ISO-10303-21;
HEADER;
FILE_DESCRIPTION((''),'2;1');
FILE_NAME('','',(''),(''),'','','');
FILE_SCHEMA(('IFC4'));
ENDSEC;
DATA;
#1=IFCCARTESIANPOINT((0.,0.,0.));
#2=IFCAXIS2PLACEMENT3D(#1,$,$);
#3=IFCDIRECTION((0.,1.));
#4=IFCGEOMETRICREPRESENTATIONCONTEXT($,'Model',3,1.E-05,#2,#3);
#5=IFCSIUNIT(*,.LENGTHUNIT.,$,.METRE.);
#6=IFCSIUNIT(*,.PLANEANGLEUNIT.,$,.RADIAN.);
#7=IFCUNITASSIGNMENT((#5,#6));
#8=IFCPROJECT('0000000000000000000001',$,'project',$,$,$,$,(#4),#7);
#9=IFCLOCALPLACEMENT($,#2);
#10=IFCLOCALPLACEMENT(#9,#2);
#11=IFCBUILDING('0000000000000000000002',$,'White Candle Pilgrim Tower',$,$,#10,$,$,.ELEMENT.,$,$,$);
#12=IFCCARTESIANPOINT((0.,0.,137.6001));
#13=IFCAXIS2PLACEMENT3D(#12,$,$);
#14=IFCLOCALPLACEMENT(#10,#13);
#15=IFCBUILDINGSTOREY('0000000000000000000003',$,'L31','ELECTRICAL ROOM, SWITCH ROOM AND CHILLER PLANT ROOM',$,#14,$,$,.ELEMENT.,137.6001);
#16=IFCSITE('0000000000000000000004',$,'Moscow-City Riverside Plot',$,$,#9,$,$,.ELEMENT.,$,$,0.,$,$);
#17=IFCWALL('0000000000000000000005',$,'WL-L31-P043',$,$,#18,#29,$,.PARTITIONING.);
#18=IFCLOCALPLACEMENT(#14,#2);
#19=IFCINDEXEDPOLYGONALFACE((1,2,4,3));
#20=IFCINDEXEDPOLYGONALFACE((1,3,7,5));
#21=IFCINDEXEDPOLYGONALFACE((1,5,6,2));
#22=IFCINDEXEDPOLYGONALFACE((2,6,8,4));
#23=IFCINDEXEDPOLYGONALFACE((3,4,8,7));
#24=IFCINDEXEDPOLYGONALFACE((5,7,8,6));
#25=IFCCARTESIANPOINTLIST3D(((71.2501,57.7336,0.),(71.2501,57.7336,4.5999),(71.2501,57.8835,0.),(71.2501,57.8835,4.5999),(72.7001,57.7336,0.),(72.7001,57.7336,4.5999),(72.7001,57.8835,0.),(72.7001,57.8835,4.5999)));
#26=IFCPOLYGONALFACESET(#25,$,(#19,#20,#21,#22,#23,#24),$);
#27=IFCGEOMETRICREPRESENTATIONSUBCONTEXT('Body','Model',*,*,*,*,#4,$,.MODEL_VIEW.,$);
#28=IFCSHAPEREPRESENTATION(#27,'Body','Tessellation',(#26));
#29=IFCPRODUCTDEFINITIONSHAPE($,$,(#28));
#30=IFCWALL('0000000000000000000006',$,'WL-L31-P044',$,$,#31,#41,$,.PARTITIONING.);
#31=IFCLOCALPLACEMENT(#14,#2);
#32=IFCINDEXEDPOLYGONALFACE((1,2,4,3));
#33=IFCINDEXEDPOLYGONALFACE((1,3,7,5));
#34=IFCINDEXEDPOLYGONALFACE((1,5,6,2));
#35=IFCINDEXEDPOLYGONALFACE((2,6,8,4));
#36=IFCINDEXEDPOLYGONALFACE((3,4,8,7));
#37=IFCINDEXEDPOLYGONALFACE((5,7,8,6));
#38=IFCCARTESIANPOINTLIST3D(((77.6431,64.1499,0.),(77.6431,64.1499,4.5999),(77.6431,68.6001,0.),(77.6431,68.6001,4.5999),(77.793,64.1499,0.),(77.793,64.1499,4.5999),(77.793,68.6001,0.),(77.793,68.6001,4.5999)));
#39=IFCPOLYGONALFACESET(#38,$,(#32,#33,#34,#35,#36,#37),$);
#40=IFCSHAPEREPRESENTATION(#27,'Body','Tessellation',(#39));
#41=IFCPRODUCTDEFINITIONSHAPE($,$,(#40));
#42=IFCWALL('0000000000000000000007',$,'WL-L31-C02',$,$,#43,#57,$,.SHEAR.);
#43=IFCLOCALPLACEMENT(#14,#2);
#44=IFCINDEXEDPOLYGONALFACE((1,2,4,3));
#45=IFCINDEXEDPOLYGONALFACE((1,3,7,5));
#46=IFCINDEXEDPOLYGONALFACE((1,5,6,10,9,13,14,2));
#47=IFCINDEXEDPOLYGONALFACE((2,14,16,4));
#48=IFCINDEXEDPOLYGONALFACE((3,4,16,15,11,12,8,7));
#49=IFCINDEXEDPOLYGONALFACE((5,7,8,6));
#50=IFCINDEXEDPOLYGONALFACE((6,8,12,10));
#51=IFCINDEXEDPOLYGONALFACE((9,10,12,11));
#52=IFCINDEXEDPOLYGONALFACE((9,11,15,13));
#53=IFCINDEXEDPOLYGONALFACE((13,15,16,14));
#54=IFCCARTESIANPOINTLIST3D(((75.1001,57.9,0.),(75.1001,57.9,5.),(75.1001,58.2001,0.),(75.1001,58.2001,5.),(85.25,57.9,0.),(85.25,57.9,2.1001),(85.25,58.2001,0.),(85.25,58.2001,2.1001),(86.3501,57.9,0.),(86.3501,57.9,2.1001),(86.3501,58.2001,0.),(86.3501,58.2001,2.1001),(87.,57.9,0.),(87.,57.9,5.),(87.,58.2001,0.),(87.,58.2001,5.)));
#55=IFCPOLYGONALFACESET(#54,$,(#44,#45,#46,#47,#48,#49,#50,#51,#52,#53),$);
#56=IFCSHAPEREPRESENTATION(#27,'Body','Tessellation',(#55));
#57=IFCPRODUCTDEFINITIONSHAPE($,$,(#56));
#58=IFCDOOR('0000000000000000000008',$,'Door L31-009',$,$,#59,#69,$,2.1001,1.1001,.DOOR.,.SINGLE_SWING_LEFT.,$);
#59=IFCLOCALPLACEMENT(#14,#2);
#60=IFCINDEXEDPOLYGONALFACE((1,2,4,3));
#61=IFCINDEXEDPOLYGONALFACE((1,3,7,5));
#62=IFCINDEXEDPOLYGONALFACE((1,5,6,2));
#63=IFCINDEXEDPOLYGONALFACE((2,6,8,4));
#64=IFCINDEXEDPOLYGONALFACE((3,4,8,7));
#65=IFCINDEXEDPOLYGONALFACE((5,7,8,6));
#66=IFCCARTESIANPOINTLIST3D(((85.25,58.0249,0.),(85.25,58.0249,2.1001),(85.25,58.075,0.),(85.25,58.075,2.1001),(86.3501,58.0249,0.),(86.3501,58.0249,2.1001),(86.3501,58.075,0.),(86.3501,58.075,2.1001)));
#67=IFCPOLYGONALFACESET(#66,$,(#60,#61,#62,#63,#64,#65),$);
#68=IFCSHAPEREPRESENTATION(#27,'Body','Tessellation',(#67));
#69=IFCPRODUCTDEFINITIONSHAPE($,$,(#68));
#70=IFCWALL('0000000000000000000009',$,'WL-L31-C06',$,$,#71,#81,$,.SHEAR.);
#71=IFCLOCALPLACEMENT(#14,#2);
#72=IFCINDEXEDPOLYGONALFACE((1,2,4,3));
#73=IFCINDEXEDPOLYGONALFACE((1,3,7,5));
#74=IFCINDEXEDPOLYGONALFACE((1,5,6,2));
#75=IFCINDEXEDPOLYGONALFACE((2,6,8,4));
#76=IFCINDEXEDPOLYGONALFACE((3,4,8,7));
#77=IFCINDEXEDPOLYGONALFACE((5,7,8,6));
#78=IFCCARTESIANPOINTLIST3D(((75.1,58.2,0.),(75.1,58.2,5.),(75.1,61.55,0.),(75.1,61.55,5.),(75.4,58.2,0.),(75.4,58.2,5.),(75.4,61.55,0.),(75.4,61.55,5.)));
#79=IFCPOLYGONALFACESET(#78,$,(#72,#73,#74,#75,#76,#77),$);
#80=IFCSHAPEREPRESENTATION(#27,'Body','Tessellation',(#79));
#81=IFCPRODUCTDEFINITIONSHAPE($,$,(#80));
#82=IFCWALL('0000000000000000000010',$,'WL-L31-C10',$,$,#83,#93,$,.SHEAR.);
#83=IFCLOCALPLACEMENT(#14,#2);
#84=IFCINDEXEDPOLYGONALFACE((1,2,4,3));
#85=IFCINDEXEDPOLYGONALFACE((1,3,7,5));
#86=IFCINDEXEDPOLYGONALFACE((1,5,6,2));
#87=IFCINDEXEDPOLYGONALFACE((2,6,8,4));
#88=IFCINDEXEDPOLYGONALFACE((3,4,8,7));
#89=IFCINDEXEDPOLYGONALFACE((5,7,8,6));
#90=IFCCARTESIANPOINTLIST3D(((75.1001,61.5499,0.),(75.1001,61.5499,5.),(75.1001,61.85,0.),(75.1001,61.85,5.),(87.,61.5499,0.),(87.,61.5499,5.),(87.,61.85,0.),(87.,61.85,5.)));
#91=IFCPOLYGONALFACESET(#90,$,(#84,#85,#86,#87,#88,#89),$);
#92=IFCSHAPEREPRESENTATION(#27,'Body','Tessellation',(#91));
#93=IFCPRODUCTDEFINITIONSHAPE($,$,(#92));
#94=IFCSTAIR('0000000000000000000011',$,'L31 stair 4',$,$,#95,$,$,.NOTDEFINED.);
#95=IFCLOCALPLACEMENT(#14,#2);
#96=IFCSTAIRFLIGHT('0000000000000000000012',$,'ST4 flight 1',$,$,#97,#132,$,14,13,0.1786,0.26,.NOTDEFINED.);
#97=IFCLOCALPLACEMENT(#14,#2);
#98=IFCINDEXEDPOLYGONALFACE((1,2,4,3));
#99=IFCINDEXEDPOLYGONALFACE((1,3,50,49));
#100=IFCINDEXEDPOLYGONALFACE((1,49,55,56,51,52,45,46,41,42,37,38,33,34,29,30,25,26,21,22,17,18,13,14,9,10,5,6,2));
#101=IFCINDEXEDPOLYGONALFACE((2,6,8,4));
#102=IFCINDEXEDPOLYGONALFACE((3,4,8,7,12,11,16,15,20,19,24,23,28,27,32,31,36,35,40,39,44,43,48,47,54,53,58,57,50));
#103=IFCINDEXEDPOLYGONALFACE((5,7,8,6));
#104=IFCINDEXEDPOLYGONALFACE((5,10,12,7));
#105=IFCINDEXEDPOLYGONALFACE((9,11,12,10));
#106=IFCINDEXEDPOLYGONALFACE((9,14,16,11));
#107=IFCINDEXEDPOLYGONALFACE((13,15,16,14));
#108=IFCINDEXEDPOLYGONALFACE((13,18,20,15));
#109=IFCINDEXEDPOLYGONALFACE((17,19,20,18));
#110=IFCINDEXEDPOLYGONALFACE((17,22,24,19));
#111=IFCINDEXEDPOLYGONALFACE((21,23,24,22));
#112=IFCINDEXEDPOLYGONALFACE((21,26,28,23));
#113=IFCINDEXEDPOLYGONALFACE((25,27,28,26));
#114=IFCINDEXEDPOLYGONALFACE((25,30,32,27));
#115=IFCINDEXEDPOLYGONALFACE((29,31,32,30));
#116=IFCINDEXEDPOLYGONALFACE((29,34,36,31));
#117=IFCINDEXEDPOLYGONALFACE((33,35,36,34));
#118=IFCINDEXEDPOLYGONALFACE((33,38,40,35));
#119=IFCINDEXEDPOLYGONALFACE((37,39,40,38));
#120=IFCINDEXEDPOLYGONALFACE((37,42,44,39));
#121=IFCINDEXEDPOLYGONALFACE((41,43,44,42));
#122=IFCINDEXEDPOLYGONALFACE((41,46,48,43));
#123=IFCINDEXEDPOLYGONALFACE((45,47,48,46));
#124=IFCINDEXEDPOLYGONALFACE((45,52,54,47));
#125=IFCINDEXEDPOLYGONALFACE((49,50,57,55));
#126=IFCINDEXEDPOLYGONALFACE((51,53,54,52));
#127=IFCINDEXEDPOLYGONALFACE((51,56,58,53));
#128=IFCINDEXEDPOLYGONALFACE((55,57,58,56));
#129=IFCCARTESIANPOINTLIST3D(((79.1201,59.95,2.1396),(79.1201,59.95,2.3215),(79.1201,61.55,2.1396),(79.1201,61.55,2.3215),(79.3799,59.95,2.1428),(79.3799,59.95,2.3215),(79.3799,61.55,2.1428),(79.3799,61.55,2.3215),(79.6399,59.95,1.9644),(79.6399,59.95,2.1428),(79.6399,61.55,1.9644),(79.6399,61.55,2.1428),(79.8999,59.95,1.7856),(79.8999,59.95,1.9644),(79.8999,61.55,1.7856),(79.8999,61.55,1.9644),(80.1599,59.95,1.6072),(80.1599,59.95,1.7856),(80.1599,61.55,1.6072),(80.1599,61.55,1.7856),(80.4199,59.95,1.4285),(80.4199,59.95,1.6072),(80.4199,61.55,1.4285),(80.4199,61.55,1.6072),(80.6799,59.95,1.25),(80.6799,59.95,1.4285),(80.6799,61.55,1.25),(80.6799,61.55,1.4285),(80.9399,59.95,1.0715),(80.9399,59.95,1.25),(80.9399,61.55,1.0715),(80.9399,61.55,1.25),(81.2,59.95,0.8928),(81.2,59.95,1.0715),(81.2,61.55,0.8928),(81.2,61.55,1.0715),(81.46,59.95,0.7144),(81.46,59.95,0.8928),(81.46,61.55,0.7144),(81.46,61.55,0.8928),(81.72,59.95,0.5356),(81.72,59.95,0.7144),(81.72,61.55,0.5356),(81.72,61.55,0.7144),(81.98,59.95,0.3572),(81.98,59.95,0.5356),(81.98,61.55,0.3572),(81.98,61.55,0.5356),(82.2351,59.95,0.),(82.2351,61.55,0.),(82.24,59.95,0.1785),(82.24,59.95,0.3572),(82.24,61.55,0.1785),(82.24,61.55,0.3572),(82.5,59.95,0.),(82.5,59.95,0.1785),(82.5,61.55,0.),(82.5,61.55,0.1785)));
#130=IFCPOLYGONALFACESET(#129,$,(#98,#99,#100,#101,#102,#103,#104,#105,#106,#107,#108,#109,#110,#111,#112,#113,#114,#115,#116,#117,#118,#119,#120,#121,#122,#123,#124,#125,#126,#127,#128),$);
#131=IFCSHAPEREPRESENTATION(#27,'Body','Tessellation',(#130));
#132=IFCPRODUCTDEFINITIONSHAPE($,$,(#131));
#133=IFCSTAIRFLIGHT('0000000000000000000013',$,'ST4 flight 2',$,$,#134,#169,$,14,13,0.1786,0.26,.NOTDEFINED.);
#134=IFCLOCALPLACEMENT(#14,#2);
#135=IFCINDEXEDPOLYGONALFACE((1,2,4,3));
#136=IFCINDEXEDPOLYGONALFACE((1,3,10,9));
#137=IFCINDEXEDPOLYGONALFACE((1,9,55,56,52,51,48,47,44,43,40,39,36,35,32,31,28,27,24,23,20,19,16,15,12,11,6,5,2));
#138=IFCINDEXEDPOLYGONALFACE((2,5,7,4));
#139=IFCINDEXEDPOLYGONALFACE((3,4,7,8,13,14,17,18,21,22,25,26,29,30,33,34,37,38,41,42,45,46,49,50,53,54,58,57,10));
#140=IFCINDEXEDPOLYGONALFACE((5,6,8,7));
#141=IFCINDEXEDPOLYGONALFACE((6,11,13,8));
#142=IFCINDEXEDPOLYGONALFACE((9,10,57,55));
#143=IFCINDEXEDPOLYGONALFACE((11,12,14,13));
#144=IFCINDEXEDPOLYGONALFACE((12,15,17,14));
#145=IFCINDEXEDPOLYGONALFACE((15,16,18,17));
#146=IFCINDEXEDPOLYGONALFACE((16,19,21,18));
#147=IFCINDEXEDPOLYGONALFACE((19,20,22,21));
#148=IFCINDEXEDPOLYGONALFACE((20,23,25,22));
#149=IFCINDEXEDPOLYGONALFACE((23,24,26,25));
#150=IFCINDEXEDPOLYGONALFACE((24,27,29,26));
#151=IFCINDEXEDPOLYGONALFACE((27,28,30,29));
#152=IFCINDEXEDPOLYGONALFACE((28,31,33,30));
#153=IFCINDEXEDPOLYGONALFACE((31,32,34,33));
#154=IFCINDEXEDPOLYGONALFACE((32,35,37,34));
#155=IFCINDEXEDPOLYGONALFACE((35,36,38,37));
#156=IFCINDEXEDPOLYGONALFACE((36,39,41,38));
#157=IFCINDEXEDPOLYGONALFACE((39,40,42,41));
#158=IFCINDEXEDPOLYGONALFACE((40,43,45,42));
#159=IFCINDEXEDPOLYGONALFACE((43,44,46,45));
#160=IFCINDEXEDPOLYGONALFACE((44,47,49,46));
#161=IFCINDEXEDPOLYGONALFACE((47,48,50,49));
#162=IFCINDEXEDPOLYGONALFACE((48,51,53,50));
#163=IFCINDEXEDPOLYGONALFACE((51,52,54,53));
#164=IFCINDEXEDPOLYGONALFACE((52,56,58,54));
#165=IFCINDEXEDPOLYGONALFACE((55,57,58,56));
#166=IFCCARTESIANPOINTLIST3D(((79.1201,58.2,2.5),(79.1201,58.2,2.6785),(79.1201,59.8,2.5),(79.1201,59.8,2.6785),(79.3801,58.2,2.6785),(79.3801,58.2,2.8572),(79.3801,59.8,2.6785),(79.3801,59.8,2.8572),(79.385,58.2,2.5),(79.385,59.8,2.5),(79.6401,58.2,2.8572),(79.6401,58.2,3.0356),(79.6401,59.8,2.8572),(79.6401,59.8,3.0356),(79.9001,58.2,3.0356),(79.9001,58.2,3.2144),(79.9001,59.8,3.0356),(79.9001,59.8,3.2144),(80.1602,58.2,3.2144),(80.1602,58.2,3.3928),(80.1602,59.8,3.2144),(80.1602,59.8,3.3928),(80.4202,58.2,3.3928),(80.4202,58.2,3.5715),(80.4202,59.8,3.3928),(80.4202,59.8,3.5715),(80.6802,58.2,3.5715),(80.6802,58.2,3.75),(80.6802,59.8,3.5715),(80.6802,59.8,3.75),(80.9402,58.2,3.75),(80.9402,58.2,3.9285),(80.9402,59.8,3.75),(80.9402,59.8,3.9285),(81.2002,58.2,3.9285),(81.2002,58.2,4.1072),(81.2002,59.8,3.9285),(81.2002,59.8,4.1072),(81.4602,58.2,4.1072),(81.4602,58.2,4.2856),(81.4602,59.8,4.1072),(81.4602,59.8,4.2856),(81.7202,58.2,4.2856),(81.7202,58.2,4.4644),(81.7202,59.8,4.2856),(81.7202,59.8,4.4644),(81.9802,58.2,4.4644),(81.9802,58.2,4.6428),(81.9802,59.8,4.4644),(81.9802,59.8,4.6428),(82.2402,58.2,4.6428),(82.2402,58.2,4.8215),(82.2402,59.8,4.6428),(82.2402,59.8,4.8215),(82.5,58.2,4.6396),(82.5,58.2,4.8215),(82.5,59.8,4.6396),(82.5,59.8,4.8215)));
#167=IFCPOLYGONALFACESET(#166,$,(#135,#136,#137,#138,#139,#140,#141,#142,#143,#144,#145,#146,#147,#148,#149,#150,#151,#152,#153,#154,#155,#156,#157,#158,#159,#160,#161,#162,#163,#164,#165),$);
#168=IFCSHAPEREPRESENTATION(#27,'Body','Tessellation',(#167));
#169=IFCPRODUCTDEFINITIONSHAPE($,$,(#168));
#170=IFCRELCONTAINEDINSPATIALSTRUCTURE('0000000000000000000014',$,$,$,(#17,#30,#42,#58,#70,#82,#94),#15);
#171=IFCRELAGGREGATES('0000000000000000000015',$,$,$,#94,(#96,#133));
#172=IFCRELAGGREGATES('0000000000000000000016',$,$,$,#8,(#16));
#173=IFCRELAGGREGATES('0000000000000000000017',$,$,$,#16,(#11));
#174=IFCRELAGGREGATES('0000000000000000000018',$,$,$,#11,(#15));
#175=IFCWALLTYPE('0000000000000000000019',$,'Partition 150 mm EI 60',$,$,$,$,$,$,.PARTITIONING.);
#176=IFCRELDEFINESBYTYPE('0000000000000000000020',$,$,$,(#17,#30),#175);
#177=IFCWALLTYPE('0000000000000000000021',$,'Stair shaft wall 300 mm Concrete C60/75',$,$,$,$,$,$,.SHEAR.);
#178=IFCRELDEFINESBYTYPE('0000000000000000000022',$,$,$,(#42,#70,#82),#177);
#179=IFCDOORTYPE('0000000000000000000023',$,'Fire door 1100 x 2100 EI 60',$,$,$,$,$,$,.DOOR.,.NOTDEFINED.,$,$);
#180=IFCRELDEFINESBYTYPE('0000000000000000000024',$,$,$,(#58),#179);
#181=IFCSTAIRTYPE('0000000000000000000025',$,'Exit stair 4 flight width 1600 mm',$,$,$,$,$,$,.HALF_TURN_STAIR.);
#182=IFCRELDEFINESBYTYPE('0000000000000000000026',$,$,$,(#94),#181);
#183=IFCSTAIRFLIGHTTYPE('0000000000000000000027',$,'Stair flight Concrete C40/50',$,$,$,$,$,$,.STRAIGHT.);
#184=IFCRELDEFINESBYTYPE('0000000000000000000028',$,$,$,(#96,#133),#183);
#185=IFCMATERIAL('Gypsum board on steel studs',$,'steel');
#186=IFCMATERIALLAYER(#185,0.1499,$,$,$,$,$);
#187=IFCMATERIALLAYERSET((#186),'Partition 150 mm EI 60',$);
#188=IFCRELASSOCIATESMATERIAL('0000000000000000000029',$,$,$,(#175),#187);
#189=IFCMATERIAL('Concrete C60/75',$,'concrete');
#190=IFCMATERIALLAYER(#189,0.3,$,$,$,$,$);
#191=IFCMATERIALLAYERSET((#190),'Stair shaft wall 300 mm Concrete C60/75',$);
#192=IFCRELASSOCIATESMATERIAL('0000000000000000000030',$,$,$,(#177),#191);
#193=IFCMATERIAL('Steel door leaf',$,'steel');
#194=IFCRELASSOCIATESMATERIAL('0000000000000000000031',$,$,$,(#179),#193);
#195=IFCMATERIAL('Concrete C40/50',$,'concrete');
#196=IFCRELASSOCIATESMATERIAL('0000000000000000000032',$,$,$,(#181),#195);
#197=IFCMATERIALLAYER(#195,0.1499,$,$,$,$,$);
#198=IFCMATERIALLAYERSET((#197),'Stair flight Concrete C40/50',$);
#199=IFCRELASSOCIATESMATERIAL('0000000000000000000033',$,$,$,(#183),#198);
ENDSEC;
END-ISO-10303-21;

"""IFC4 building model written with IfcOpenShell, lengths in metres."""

from ifc_helpers import new_model, si_unit, direction, frame, frame_2d, origin, place, context, subcontext, project, spatial, polyline, rectangle, outline, extrude, material, layer, layer_set, type_object, element, fill, aggregate, save


model = new_model("IFC4")

# Units and contexts
model_context = context("Model", 3, precision=1e-05, world=origin(), true_north=direction((0.0, 1.0)))
body_context = subcontext(model_context, "Body", "Model", "MODEL_VIEW")
ifc_project = project(units=[si_unit("LENGTHUNIT", "METRE"), si_unit("PLANEANGLEUNIT", "RADIAN")], contexts=[model_context])

# Site, building, storey
site_placement = place(None, origin())
site = spatial("IfcSite", under=ifc_project, at=site_placement, Name="Moscow-City Riverside Plot", CompositionType="ELEMENT", RefElevation=0.0)
building_placement = place(site_placement, origin())
building = spatial("IfcBuilding", under=site, at=building_placement, Name="White Candle Pilgrim Tower", CompositionType="ELEMENT")
storey_placement = place(building_placement, frame((0.0, 0.0, 137.6001)))
storey = spatial("IfcBuildingStorey", under=building, at=storey_placement, Name="L31", Description="ELECTRICAL ROOM, SWITCH ROOM AND CHILLER PLANT ROOM", CompositionType="ELEMENT", Elevation=137.6001)

# Shared definitions
ifc_material_1 = material(Name="Gypsum board on steel studs", Category="steel")

# Shared definitions
ifc_material_2 = material(Name="Steel door leaf", Category="steel")

# Walls
ifc_layer_1 = layer(ifc_material_1, 0.1499)
ifc_layer_set_1 = layer_set([ifc_layer_1], Name="Partition 150 mm EI 60")
wall_type_1 = type_object("IfcWallType", Name="Partition 150 mm EI 60", PredefinedType="PARTITIONING", material=ifc_layer_set_1)
wall_1_placement = place(storey_placement, frame((71.25, 57.8086, 0.0), z_axis=(0.0, 0.0, 1.0), x_axis=(1.0, 0.0, 0.0)))
element("IfcWall", 1, at=wall_1_placement, inside=storey, type_object=wall_type_1, Name="WL-L31-P043", PredefinedType="PARTITIONING", context=body_context, shape_type="SweptSolid", body=[
    extrude(rectangle(XDim=1.45, YDim=0.1499, at=frame_2d((0.7251, 0.0))), origin(), (0.0, 0.0, 1.0), 4.5999),
])
wall_2_placement = place(storey_placement, frame((77.718, 64.1499, 0.0), z_axis=(0.0, 0.0, 1.0), x_axis=(0.0, 1.0, 0.0)))
element("IfcWall", 2, at=wall_2_placement, inside=storey, type_object=wall_type_1, Name="WL-L31-P044", PredefinedType="PARTITIONING", context=body_context, shape_type="SweptSolid", body=[
    extrude(rectangle(XDim=4.4502, YDim=0.1499, at=frame_2d((2.2251, 0.0))), origin(), (0.0, 0.0, 1.0), 4.5999),
])

# Wall, opening, door
ifc_material_3 = material(Name="Concrete C60/75", Category="concrete")
ifc_layer_2 = layer(ifc_material_3, 0.3)
ifc_layer_set_2 = layer_set([ifc_layer_2], Name="Stair shaft wall 300 mm Concrete C60/75")
wall_type_2 = type_object("IfcWallType", Name="Stair shaft wall 300 mm Concrete C60/75", PredefinedType="SHEAR", material=ifc_layer_set_2)
wall_3_placement = place(storey_placement, frame((75.1001, 58.05, 0.0), z_axis=(0.0, 0.0, 1.0), x_axis=(1.0, 0.0, 0.0)))
wall_3 = element("IfcWall", 3, at=wall_3_placement, inside=storey, type_object=wall_type_2, Name="WL-L31-C02", PredefinedType="SHEAR", context=body_context, shape_type="SweptSolid", body=[
    extrude(rectangle(XDim=11.8999, YDim=0.3, at=frame_2d((5.95, 0.0))), origin(), (0.0, 0.0, 1.0), 5.0),
])
opening_1_placement = place(wall_3_placement, frame((10.1499, 0.0, 0.0)))
opening_1 = element("IfcOpeningElement", 4, at=opening_1_placement, cuts=wall_3, PredefinedType="OPENING", context=body_context, shape_type="SweptSolid", body=[
    extrude(rectangle(XDim=1.1001, YDim=2.1001, at=frame_2d((0.55, 1.05))), frame((0.0, 0.1599, 0.0), z_axis=(0.0, -1.0, 0.0), x_axis=(1.0, 0.0, 0.0)), (0.0, 0.0, 1.0), 0.3201),
])
door_type_1 = type_object("IfcDoorType", Name="Fire door 1100 x 2100 EI 60", OperationType="NOTDEFINED", PredefinedType="DOOR", material=ifc_material_2)
door_1_placement = place(opening_1_placement, origin())
door_1 = element("IfcDoor", 5, at=door_1_placement, inside=storey, type_object=door_type_1, Name="Door L31-009", OperationType="SINGLE_SWING_LEFT", OverallHeight=2.1001, OverallWidth=1.1001, PredefinedType="DOOR", context=body_context, shape_type="SweptSolid", body=[
    extrude(rectangle(XDim=1.1001, YDim=2.1001, at=frame_2d((0.55, 1.05))), frame((0.0, 0.0249, 0.0), z_axis=(0.0, -1.0, 0.0), x_axis=(1.0, 0.0, 0.0)), (0.0, 0.0, 1.0), 0.05),
])
fill(opening_1, door_1)

# Walls
wall_4_placement = place(storey_placement, frame((75.25, 58.2, 0.0), z_axis=(0.0, 0.0, 1.0), x_axis=(0.0, 1.0, 0.0)))
element("IfcWall", 6, at=wall_4_placement, inside=storey, type_object=wall_type_2, Name="WL-L31-C06", PredefinedType="SHEAR", context=body_context, shape_type="SweptSolid", body=[
    extrude(rectangle(XDim=3.3501, YDim=0.3, at=frame_2d((1.675, 0.0))), origin(), (0.0, 0.0, 1.0), 5.0),
])
wall_5_placement = place(storey_placement, frame((75.1001, 61.7, 0.0), z_axis=(0.0, 0.0, 1.0), x_axis=(1.0, 0.0, 0.0)))
element("IfcWall", 7, at=wall_5_placement, inside=storey, type_object=wall_type_2, Name="WL-L31-C10", PredefinedType="SHEAR", context=body_context, shape_type="SweptSolid", body=[
    extrude(rectangle(XDim=11.8999, YDim=0.3, at=frame_2d((5.95, 0.0))), origin(), (0.0, 0.0, 1.0), 5.0),
])

# Stair, stair flights
ifc_material_4 = material(Name="Concrete C40/50", Category="concrete")
stair_type = type_object("IfcStairType", Name="Exit stair 4 flight width 1600 mm", PredefinedType="HALF_TURN_STAIR", material=ifc_material_4)
stair_placement = place(storey_placement, origin())
stair = element("IfcStair", 8, at=stair_placement, inside=storey, type_object=stair_type, Name="L31 stair 4", PredefinedType="NOTDEFINED")
ifc_layer_3 = layer(ifc_material_4, 0.1499)
ifc_layer_set_3 = layer_set([ifc_layer_3], Name="Stair flight Concrete C40/50")
stair_flight_type = type_object("IfcStairFlightType", Name="Stair flight Concrete C40/50", PredefinedType="STRAIGHT", material=ifc_layer_set_3)
stair_flight_1_placement = place(storey_placement, frame((82.5, 60.75, 0.0), z_axis=(0.0, 0.0, 1.0), x_axis=(-1.0, 0.0, 0.0)))
stair_flight_1 = element("IfcStairFlight", 9, at=stair_flight_1_placement, type_object=stair_flight_type, Name="ST4 flight 1", NumberOfRisers=14, NumberOfTreads=13, PredefinedType="NOTDEFINED", RiserHeight=0.1786, TreadLength=0.26, context=body_context, shape_type="SweptSolid", body=[
    extrude(outline(polyline([(0.0, 0.0), (0.0, 0.1785), (0.26, 0.1785), (0.26, 0.3572), (0.52, 0.3572), (0.52, 0.5356), (0.78, 0.5356), (0.78, 0.7144), (1.04, 0.7144), (1.04, 0.8928), (1.3, 0.8928), (1.3, 1.0715), (1.5601, 1.0715), (1.5601, 1.25), (1.8201, 1.25), (1.8201, 1.4285), (2.0801, 1.4285), (2.0801, 1.6072), (2.3401, 1.6072), (2.3401, 1.7856), (2.6001, 1.7856), (2.6001, 1.9644), (2.8601, 1.9644), (2.8601, 2.1428), (3.1201, 2.1428), (3.1201, 2.3215), (3.3799, 2.3215), (3.3799, 2.5), (3.3799, 2.1396), (0.2649, 0.0), (0.0, 0.0)])), frame((0.0, 0.8, 0.0), z_axis=(0.0, -1.0, 0.0), x_axis=(1.0, 0.0, 0.0)), (0.0, 0.0, 1.0), 1.6001),
])
stair_flight_2_placement = place(storey_placement, frame((79.1201, 59.0, 2.5), z_axis=(0.0, 0.0, 1.0), x_axis=(1.0, 0.0, 0.0)))
stair_flight_2 = element("IfcStairFlight", 10, at=stair_flight_2_placement, type_object=stair_flight_type, Name="ST4 flight 2", NumberOfRisers=14, NumberOfTreads=13, PredefinedType="NOTDEFINED", RiserHeight=0.1786, TreadLength=0.26, context=body_context, shape_type="SweptSolid", body=[
    extrude(outline(polyline([(0.0, 0.0), (0.0, 0.1785), (0.26, 0.1785), (0.26, 0.3572), (0.52, 0.3572), (0.52, 0.5356), (0.78, 0.5356), (0.78, 0.7144), (1.04, 0.7144), (1.04, 0.8928), (1.3, 0.8928), (1.3, 1.0715), (1.5601, 1.0715), (1.5601, 1.25), (1.8201, 1.25), (1.8201, 1.4285), (2.0801, 1.4285), (2.0801, 1.6072), (2.3401, 1.6072), (2.3401, 1.7856), (2.6001, 1.7856), (2.6001, 1.9644), (2.8601, 1.9644), (2.8601, 2.1428), (3.1201, 2.1428), (3.1201, 2.3215), (3.3799, 2.3215), (3.3799, 2.5), (3.3799, 2.1396), (0.2649, 0.0), (0.0, 0.0)])), frame((0.0, 0.8, 0.0), z_axis=(0.0, -1.0, 0.0), x_axis=(1.0, 0.0, 0.0)), (0.0, 0.0, 1.0), 1.6001),
])
aggregate(stair, [stair_flight_1, stair_flight_2])

save(model, "model.ifc")
